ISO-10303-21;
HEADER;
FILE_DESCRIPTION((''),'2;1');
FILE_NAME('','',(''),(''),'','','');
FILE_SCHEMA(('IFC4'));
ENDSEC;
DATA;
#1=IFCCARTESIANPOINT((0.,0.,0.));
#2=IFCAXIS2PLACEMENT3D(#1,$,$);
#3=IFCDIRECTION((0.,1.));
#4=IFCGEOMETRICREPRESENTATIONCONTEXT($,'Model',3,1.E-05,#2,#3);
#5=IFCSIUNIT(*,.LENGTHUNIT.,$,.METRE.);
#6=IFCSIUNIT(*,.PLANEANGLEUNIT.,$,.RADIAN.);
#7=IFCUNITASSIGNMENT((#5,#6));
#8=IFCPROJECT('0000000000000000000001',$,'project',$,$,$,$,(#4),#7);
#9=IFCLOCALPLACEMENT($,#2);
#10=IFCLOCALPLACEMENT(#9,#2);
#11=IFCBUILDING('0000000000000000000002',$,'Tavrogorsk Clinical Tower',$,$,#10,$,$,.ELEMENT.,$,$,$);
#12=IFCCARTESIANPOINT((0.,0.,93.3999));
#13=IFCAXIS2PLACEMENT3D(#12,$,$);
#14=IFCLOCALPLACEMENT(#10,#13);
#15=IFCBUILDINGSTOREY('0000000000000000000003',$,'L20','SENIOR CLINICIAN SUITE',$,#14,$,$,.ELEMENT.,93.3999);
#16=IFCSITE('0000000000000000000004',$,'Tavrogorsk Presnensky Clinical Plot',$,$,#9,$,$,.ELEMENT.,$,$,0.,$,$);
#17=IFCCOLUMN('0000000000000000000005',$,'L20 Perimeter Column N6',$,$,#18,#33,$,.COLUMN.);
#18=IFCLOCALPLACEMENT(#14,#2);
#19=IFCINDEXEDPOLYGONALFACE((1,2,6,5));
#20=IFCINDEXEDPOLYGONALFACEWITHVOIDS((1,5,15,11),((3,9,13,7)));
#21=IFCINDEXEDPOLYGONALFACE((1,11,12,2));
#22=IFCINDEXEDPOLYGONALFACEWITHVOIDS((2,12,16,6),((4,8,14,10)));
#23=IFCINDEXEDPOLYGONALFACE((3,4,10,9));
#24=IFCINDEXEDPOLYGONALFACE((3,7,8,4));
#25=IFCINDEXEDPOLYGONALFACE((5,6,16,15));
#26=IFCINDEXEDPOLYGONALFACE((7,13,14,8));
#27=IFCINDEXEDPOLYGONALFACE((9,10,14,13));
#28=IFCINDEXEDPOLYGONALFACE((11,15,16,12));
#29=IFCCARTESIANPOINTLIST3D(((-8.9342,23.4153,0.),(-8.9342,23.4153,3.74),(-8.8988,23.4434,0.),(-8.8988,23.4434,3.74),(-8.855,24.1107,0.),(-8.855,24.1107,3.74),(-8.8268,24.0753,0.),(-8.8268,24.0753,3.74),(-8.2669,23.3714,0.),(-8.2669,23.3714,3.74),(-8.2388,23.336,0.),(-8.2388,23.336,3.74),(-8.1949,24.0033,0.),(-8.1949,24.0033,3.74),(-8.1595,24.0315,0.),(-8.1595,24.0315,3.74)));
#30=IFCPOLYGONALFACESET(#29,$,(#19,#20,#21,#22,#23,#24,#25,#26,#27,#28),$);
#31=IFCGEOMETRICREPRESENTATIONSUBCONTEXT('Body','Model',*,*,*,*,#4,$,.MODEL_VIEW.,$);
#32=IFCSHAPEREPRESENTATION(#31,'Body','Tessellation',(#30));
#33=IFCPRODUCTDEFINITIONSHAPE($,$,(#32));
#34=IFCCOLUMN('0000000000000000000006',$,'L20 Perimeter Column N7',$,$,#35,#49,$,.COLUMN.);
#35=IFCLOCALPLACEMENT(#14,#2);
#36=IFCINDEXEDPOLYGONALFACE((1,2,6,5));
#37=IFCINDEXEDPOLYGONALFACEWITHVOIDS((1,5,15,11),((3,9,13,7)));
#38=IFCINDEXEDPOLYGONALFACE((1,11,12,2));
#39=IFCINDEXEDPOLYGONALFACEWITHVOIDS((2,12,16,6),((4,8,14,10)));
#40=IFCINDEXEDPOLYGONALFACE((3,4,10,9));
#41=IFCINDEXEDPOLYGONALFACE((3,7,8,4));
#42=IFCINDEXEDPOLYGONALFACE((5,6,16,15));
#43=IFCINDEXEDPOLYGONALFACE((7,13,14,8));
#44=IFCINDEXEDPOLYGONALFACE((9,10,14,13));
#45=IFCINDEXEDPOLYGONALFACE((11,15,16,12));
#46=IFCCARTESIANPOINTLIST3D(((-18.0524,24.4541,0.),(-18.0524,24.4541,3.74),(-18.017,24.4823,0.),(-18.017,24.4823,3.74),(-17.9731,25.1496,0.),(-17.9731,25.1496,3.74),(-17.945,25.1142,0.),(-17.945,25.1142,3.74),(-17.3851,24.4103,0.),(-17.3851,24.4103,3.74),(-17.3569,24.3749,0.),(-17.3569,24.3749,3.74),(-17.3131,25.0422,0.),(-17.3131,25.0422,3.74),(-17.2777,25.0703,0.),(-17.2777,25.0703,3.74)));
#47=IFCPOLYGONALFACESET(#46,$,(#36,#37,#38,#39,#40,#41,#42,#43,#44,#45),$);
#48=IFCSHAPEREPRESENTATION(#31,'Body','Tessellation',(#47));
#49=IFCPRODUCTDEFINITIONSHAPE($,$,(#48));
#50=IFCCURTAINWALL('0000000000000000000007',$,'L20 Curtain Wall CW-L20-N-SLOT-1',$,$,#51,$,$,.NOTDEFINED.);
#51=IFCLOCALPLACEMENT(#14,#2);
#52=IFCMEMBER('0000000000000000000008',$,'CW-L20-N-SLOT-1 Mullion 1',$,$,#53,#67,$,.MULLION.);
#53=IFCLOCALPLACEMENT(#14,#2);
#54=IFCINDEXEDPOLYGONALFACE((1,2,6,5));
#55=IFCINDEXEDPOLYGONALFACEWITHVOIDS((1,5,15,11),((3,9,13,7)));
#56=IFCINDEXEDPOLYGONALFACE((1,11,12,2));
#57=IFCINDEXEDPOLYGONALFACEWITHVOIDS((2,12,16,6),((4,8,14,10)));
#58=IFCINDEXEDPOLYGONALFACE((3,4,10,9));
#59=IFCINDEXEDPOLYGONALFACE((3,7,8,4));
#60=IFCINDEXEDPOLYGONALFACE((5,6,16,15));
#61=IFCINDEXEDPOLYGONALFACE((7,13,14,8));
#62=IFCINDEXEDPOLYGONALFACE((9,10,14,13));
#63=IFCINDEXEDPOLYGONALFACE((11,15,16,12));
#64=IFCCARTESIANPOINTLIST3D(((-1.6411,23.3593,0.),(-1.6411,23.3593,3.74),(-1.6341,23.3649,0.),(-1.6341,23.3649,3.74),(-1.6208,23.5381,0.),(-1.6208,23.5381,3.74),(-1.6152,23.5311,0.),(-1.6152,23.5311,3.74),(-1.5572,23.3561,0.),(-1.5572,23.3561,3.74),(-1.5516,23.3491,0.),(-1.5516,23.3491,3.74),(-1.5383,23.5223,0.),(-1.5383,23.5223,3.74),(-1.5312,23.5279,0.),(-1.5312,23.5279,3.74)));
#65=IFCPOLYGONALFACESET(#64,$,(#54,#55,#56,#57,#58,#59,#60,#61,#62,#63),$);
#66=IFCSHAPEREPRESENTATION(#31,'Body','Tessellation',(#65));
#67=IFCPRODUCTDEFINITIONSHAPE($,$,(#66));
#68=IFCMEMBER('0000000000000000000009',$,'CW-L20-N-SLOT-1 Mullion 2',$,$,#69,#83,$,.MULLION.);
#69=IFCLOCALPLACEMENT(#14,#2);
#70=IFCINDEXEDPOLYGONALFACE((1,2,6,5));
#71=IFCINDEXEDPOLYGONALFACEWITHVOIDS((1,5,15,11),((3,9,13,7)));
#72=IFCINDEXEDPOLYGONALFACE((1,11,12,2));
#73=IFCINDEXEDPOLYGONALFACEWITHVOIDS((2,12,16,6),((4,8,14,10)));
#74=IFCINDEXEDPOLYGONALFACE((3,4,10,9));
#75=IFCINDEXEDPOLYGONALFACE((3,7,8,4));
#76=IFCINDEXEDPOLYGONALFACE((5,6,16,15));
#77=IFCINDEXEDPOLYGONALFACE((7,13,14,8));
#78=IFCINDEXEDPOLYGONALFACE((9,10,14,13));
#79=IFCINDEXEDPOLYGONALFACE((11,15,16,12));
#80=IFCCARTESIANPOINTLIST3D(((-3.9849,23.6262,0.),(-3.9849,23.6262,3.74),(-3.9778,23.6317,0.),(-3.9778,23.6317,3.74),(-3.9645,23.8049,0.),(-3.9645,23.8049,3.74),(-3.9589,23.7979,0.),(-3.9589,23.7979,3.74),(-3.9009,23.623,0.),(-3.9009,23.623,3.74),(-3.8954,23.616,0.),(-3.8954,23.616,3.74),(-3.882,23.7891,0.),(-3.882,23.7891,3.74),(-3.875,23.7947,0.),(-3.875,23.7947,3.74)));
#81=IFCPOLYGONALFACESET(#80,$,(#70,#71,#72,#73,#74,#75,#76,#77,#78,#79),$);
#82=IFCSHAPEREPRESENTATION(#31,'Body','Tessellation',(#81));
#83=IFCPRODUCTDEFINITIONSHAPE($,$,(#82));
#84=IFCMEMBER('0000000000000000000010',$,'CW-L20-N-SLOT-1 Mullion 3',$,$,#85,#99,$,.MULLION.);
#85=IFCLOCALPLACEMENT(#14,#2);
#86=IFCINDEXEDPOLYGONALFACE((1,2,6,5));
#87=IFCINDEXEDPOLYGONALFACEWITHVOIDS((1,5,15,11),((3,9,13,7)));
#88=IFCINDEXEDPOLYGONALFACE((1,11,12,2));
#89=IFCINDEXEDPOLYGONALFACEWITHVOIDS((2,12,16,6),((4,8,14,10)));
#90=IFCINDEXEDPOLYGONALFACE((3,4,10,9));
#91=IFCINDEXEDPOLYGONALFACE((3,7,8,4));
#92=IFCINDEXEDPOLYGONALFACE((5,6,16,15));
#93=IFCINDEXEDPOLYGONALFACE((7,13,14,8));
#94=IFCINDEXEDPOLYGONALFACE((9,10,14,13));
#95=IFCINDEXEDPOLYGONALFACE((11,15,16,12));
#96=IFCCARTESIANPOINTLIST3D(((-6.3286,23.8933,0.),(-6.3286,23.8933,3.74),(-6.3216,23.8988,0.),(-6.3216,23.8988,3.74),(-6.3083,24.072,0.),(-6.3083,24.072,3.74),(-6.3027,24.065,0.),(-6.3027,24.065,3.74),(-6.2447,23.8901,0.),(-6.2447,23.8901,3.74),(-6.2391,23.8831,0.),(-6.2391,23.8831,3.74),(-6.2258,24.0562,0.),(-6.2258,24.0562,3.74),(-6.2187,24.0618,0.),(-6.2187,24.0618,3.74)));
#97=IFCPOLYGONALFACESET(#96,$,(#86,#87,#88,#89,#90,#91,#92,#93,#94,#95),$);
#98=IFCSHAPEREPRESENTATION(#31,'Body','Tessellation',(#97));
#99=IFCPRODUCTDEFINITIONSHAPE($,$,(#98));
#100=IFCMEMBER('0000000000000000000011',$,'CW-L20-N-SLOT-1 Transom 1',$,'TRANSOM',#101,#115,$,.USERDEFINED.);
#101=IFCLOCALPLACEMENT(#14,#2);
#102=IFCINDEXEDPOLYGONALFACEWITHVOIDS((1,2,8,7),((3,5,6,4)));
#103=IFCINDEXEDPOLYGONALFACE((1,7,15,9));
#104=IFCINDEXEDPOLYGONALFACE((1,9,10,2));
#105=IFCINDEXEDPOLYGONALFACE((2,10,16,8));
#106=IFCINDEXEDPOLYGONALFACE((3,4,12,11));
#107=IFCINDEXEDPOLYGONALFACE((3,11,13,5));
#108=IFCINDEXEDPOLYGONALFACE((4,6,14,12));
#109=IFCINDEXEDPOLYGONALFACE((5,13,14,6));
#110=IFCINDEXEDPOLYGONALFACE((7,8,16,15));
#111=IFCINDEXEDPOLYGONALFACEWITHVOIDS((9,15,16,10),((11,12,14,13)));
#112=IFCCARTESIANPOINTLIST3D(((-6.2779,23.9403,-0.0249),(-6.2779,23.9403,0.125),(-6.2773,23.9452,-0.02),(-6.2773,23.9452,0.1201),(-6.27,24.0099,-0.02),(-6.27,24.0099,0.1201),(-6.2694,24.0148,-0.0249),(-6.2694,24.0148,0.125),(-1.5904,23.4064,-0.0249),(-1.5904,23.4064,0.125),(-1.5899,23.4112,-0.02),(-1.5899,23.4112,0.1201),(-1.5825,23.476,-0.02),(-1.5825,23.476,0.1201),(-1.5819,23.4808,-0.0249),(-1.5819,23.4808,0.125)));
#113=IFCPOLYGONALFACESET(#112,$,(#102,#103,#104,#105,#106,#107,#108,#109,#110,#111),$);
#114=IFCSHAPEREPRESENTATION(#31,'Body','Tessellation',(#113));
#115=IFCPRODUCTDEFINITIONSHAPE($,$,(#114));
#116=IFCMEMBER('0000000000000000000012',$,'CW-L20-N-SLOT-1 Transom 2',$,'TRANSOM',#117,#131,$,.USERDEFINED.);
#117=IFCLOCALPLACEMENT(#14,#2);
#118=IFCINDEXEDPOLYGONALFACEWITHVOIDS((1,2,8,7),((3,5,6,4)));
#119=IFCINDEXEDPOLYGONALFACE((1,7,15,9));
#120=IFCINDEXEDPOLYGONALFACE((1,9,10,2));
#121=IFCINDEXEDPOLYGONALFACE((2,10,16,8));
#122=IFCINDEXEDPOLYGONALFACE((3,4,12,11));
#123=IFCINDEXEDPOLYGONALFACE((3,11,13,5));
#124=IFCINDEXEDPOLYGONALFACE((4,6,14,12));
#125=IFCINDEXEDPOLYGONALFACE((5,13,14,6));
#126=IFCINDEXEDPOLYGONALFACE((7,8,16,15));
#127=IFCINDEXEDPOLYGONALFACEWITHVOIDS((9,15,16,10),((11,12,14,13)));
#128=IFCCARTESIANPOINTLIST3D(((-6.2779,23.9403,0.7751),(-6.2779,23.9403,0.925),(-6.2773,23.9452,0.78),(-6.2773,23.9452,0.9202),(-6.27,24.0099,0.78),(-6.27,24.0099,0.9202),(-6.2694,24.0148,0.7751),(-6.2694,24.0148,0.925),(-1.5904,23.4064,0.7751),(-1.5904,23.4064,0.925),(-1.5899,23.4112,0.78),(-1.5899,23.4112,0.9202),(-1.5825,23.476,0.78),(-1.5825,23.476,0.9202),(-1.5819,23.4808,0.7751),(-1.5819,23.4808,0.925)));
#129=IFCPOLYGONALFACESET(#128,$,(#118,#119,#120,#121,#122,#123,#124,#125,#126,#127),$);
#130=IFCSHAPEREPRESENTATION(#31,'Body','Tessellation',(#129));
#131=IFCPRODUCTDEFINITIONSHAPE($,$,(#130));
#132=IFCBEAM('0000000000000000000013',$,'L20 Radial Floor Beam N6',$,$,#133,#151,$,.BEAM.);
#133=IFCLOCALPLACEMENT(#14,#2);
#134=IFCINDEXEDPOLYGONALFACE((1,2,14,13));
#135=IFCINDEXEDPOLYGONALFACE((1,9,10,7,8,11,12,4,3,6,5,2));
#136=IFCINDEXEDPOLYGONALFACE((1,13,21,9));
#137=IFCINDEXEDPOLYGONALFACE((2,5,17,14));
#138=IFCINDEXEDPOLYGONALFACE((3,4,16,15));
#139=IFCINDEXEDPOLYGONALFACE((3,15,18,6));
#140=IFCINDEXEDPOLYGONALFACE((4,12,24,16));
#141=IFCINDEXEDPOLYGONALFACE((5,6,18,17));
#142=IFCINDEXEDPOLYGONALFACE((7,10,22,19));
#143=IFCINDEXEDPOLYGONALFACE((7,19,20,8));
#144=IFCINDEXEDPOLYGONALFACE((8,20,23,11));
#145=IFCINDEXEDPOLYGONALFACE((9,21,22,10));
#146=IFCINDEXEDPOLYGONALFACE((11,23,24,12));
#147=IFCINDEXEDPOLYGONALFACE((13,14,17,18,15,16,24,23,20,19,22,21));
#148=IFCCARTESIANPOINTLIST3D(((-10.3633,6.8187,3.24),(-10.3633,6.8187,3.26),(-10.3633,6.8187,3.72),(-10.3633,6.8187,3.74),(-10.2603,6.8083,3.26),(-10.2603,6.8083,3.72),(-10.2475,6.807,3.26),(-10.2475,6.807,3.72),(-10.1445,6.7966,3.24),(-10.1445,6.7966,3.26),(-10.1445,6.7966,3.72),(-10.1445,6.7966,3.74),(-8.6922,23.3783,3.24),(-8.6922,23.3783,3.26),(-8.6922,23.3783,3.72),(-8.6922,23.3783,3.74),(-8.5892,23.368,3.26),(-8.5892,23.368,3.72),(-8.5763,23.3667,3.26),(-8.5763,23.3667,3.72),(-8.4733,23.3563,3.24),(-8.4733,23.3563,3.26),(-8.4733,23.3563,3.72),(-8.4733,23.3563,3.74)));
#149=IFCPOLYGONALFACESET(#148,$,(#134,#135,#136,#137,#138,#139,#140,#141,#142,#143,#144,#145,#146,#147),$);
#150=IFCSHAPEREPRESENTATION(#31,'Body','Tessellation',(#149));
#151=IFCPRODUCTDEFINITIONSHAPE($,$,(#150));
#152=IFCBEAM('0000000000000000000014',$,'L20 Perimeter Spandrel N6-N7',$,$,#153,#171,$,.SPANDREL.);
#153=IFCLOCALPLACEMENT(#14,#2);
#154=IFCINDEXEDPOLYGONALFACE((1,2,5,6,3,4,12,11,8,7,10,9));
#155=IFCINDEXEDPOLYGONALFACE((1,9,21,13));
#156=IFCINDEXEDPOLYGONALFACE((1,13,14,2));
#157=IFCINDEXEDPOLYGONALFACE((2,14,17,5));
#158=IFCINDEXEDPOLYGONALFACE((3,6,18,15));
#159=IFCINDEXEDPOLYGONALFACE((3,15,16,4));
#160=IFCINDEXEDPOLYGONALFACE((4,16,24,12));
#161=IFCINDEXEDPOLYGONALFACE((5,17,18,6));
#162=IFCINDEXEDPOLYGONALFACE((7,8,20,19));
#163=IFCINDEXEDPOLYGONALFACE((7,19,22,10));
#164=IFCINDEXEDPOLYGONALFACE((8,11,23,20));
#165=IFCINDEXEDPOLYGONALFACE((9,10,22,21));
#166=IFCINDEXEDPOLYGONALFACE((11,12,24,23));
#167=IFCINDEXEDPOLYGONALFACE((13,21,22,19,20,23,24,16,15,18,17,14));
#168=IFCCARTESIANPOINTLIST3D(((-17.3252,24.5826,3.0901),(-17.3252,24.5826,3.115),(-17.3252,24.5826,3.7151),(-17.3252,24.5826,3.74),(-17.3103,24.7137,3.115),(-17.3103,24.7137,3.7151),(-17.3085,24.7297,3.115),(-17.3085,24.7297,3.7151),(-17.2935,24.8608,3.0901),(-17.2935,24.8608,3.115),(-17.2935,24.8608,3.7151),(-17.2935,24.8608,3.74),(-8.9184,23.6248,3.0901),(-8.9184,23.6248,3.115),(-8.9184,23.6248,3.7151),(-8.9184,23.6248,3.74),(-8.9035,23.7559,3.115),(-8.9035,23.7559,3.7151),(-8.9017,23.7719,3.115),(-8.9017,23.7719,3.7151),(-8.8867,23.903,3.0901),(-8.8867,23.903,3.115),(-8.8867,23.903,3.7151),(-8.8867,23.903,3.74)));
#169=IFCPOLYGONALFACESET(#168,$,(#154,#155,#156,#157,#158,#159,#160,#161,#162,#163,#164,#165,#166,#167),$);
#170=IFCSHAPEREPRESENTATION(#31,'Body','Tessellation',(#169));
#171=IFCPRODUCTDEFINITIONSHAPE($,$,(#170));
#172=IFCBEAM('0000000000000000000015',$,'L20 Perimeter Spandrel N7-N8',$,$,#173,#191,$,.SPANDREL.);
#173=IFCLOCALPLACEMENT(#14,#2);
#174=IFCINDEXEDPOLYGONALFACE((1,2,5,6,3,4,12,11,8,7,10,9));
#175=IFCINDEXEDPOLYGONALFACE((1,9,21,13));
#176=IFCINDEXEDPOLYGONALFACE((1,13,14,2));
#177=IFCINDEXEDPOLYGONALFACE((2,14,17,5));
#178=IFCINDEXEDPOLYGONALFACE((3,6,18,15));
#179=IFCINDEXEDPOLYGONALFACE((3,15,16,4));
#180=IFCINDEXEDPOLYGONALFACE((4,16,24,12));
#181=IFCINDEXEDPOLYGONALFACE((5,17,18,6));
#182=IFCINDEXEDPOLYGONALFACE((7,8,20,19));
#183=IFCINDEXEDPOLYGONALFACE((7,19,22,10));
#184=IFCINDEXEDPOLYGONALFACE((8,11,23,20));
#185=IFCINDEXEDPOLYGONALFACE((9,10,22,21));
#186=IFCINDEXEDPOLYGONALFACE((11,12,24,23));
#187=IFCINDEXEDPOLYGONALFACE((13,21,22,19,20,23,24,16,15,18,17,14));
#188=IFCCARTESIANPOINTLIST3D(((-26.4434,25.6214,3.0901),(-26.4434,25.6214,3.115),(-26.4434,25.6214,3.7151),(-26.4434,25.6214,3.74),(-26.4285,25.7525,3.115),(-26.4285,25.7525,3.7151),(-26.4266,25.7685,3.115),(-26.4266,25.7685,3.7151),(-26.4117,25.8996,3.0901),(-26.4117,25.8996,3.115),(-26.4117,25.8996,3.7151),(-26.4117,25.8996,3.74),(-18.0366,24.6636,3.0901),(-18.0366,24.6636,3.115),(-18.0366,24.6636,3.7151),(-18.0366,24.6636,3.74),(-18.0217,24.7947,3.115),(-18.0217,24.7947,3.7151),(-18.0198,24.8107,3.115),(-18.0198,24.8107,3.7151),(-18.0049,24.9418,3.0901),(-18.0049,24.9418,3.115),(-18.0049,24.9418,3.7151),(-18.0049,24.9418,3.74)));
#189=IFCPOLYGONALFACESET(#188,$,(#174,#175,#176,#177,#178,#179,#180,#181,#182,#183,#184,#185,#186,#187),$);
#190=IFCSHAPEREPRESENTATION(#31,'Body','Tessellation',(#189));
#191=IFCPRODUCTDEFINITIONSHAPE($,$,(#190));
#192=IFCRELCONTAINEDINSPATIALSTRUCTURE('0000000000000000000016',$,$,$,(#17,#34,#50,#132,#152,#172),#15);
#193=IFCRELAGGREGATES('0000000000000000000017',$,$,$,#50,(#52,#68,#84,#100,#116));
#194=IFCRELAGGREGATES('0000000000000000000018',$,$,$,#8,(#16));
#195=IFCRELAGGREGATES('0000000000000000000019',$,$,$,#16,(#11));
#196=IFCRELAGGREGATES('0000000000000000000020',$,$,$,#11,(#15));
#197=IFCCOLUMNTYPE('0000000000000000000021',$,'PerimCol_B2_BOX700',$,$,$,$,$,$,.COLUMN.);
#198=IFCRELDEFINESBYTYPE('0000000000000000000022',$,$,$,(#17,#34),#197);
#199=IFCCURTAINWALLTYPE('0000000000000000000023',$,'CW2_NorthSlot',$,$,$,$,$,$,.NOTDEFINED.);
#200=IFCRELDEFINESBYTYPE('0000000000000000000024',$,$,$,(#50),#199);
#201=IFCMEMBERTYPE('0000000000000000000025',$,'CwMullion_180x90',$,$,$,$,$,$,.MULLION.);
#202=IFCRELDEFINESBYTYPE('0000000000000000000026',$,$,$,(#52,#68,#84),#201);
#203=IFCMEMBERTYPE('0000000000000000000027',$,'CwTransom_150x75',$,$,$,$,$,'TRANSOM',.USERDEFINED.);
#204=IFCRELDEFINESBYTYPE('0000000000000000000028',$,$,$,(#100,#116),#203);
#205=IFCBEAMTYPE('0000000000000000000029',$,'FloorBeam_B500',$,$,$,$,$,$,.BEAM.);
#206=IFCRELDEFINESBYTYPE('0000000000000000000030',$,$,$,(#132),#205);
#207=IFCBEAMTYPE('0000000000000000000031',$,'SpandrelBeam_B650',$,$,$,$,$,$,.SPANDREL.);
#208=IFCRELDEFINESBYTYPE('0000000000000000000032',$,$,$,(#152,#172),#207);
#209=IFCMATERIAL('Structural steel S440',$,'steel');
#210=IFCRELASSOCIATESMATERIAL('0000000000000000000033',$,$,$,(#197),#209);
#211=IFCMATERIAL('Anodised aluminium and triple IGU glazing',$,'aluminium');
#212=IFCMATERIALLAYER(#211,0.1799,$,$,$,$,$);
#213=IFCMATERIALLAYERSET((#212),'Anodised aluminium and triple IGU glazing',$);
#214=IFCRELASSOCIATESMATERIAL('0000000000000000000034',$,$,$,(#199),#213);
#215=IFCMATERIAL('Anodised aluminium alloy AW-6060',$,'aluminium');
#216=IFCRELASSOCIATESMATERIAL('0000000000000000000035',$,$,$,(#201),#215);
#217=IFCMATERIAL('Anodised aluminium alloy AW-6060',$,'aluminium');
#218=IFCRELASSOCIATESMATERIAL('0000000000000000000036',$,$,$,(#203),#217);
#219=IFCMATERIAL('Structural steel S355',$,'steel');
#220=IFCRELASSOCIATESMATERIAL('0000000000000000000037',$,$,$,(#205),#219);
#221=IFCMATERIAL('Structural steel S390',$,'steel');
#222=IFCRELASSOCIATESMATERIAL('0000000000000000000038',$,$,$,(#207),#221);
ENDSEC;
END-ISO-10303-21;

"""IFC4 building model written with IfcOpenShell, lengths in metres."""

from ifc_helpers import new_model, si_unit, direction, frame, origin, origin_2d, place, context, subcontext, project, spatial, hollow_rectangle, i_section, extrude, material, layer, layer_set, material_profile, profile_set, type_object, element, aggregate, save


model = new_model("IFC4")

# Units and contexts
model_context = context("Model", 3, precision=1e-05, world=origin(), true_north=direction((0.0, 1.0)))
body_context = subcontext(model_context, "Body", "Model", "MODEL_VIEW")
ifc_project = project(units=[si_unit("LENGTHUNIT", "METRE"), si_unit("PLANEANGLEUNIT", "RADIAN")], contexts=[model_context])

# Site, building, storey
site_placement = place(None, origin())
site = spatial("IfcSite", under=ifc_project, at=site_placement, Name="Tavrogorsk Presnensky Clinical Plot", CompositionType="ELEMENT", RefElevation=0.0)
building_placement = place(site_placement, origin())
building = spatial("IfcBuilding", under=site, at=building_placement, Name="Tavrogorsk Clinical Tower", CompositionType="ELEMENT")
storey_placement = place(building_placement, frame((0.0, 0.0, 93.3999)))
storey = spatial("IfcBuildingStorey", under=building, at=storey_placement, Name="L20", Description="SENIOR CLINICIAN SUITE", CompositionType="ELEMENT", Elevation=93.3999)

# Columns
ifc_material_1 = material(Name="Structural steel S440", Category="steel")
ifc_material_profile_1 = material_profile(ifc_material_1, hollow_rectangle(XDim=0.7, YDim=0.7, WallThickness=0.032, at=origin_2d()), Name="BOX-700x700x32")
ifc_profile_set_1 = profile_set([ifc_material_profile_1], Name="Structural steel S440")
column_type = type_object("IfcColumnType", Name="PerimCol_B2_BOX700", PredefinedType="COLUMN", material=ifc_profile_set_1)
for number, where, z_axis, x_axis, name in (
    (1, (-8.5469, 23.7234, 0.0), (0.0, 0.0, 1.0), (0.993572, -0.113203, 0.0), "L20 Perimeter Column N6"),
    (2, (-17.665, 24.7622, 0.0), (0.0, 0.0, 1.0), (0.993572, -0.113203, 0.0), "L20 Perimeter Column N7"),
):
    element("IfcColumn", number, at=place(storey_placement, frame(where, z_axis=z_axis, x_axis=x_axis)), inside=storey, type_object=column_type, Name=name, PredefinedType="COLUMN", context=body_context, shape_type="SweptSolid", body=[
        extrude(hollow_rectangle(XDim=0.7, YDim=0.7, WallThickness=0.032, at=origin_2d()), origin(), (0.0, 0.0, 1.0), 3.74),
    ])

# Curtain wall, members
ifc_material_2 = material(Name="Anodised aluminium and triple IGU glazing", Category="aluminium")
ifc_layer_1 = layer(ifc_material_2, 0.1799)
ifc_layer_set_1 = layer_set([ifc_layer_1], Name="Anodised aluminium and triple IGU glazing")
curtain_wall_type = type_object("IfcCurtainWallType", Name="CW2_NorthSlot", PredefinedType="NOTDEFINED", material=ifc_layer_set_1)
curtain_wall_placement = place(storey_placement, origin())
curtain_wall = element("IfcCurtainWall", 3, at=curtain_wall_placement, inside=storey, type_object=curtain_wall_type, Name="L20 Curtain Wall CW-L20-N-SLOT-1", PredefinedType="NOTDEFINED")
ifc_material_3 = material(Name="Anodised aluminium alloy AW-6060", Category="aluminium")
ifc_material_profile_2 = material_profile(ifc_material_3, hollow_rectangle(XDim=0.0901, YDim=0.1799, WallThickness=0.0063, at=origin_2d()), Name="RHS-180x90x6.3")
ifc_profile_set_2 = profile_set([ifc_material_profile_2], Name="Anodised aluminium alloy AW-6060")
member_type_1 = type_object("IfcMemberType", Name="CwMullion_180x90", PredefinedType="MULLION", material=ifc_profile_set_2)
member_1_placement = place(storey_placement, frame((-1.5862, 23.4436, 0.0), z_axis=(0.0, 0.0, 1.0), x_axis=(-0.993572, 0.113203, 0.0)))
member_1 = element("IfcMember", 4, at=member_1_placement, type_object=member_type_1, Name="CW-L20-N-SLOT-1 Mullion 1", PredefinedType="MULLION", context=body_context, shape_type="SweptSolid", body=[
    extrude(hollow_rectangle(XDim=0.0901, YDim=0.1799, WallThickness=0.0063, at=origin_2d()), origin(), (0.0, 0.0, 1.0), 3.74),
])
member_2_placement = place(storey_placement, frame((-3.9299, 23.7104, 0.0), z_axis=(0.0, 0.0, 1.0), x_axis=(-0.993572, 0.113203, 0.0)))
member_2 = element("IfcMember", 5, at=member_2_placement, type_object=member_type_1, Name="CW-L20-N-SLOT-1 Mullion 2", PredefinedType="MULLION", context=body_context, shape_type="SweptSolid", body=[
    extrude(hollow_rectangle(XDim=0.0901, YDim=0.1799, WallThickness=0.0063, at=origin_2d()), origin(), (0.0, 0.0, 1.0), 3.74),
])
member_3_placement = place(storey_placement, frame((-6.2737, 23.9775, 0.0), z_axis=(0.0, 0.0, 1.0), x_axis=(-0.993572, 0.113203, 0.0)))
member_3 = element("IfcMember", 6, at=member_3_placement, type_object=member_type_1, Name="CW-L20-N-SLOT-1 Mullion 3", PredefinedType="MULLION", context=body_context, shape_type="SweptSolid", body=[
    extrude(hollow_rectangle(XDim=0.0901, YDim=0.1799, WallThickness=0.0063, at=origin_2d()), origin(), (0.0, 0.0, 1.0), 3.74),
])
ifc_material_4 = material(Name="Anodised aluminium alloy AW-6060", Category="aluminium")
ifc_material_profile_3 = material_profile(ifc_material_4, hollow_rectangle(XDim=0.075, YDim=0.1499, WallThickness=0.0049, at=origin_2d()), Name="RHS-150x75x5")
ifc_profile_set_3 = profile_set([ifc_material_profile_3], Name="Anodised aluminium alloy AW-6060")
member_type_2 = type_object("IfcMemberType", Name="CwTransom_150x75", ElementType="TRANSOM", PredefinedType="USERDEFINED", material=ifc_profile_set_3)
member_4_placement = place(storey_placement, frame((-1.5862, 23.4436, 0.05), z_axis=(-0.993575, 0.113174, 0.0), x_axis=(-0.113174, -0.993575, 0.0)))
member_4 = element("IfcMember", 7, at=member_4_placement, type_object=member_type_2, Name="CW-L20-N-SLOT-1 Transom 1", ObjectType="TRANSOM", PredefinedType="USERDEFINED", context=body_context, shape_type="SweptSolid", body=[
    extrude(hollow_rectangle(XDim=0.075, YDim=0.1499, WallThickness=0.0049, at=origin_2d()), origin(), (0.0, 0.0, 1.0), 4.7178),
])
member_5_placement = place(storey_placement, frame((-1.5862, 23.4436, 0.8501), z_axis=(-0.993575, 0.113174, 0.0), x_axis=(-0.113174, -0.993575, 0.0)))
member_5 = element("IfcMember", 8, at=member_5_placement, type_object=member_type_2, Name="CW-L20-N-SLOT-1 Transom 2", ObjectType="TRANSOM", PredefinedType="USERDEFINED", context=body_context, shape_type="SweptSolid", body=[
    extrude(hollow_rectangle(XDim=0.075, YDim=0.1499, WallThickness=0.0049, at=origin_2d()), origin(), (0.0, 0.0, 1.0), 4.7178),
])

# Beams
ifc_material_5 = material(Name="Structural steel S355", Category="steel")
ifc_material_profile_4 = material_profile(ifc_material_5, i_section(OverallWidth=0.22, OverallDepth=0.5, WebThickness=0.0129, FlangeThickness=0.02, at=origin_2d()), Name="B-500x220x13x20")
ifc_profile_set_4 = profile_set([ifc_material_profile_4], Name="Structural steel S355")
beam_type_1 = type_object("IfcBeamType", Name="FloorBeam_B500", PredefinedType="BEAM", material=ifc_profile_set_4)
beam_placement = place(storey_placement, frame((-10.2539, 6.8076, 3.49), z_axis=(0.100407, 0.994946, 0.0), x_axis=(-0.994946, 0.100407, 0.0)))
element("IfcBeam", 9, at=beam_placement, inside=storey, type_object=beam_type_1, Name="L20 Radial Floor Beam N6", PredefinedType="BEAM", context=body_context, shape_type="SweptSolid", body=[
    extrude(i_section(OverallWidth=0.22, OverallDepth=0.5, WebThickness=0.0129, FlangeThickness=0.02, at=origin_2d()), origin(), (0.0, 0.0, 1.0), 16.6438),
])
ifc_material_6 = material(Name="Structural steel S390", Category="steel")
ifc_material_profile_5 = material_profile(ifc_material_6, i_section(OverallWidth=0.28, OverallDepth=0.6499, WebThickness=0.0161, FlangeThickness=0.0249, at=origin_2d()), Name="B-650x280x16x25")
ifc_profile_set_5 = profile_set([ifc_material_profile_5], Name="Structural steel S390")
beam_type_2 = type_object("IfcBeamType", Name="SpandrelBeam_B650", PredefinedType="SPANDREL", material=ifc_profile_set_5)
for number, where, z_axis, x_axis, name in (
    (10, (-8.9026, 23.7639, 3.415), (-0.993573, 0.113196, 0.0), (-0.113196, -0.993573, 0.0), "L20 Perimeter Spandrel N6-N7"),
    (11, (-18.0208, 24.8027, 3.415), (-0.993573, 0.113196, 0.0), (-0.113196, -0.993573, 0.0), "L20 Perimeter Spandrel N7-N8"),
):
    element("IfcBeam", number, at=place(storey_placement, frame(where, z_axis=z_axis, x_axis=x_axis)), inside=storey, type_object=beam_type_2, Name=name, PredefinedType="SPANDREL", context=body_context, shape_type="SweptSolid", body=[
        extrude(i_section(OverallWidth=0.28, OverallDepth=0.6499, WebThickness=0.0161, FlangeThickness=0.0249, at=origin_2d()), origin(), (0.0, 0.0, 1.0), 8.4612),
    ])

aggregate(curtain_wall, [member_1, member_2, member_3, member_4, member_5])

save(model, "model.ifc")
